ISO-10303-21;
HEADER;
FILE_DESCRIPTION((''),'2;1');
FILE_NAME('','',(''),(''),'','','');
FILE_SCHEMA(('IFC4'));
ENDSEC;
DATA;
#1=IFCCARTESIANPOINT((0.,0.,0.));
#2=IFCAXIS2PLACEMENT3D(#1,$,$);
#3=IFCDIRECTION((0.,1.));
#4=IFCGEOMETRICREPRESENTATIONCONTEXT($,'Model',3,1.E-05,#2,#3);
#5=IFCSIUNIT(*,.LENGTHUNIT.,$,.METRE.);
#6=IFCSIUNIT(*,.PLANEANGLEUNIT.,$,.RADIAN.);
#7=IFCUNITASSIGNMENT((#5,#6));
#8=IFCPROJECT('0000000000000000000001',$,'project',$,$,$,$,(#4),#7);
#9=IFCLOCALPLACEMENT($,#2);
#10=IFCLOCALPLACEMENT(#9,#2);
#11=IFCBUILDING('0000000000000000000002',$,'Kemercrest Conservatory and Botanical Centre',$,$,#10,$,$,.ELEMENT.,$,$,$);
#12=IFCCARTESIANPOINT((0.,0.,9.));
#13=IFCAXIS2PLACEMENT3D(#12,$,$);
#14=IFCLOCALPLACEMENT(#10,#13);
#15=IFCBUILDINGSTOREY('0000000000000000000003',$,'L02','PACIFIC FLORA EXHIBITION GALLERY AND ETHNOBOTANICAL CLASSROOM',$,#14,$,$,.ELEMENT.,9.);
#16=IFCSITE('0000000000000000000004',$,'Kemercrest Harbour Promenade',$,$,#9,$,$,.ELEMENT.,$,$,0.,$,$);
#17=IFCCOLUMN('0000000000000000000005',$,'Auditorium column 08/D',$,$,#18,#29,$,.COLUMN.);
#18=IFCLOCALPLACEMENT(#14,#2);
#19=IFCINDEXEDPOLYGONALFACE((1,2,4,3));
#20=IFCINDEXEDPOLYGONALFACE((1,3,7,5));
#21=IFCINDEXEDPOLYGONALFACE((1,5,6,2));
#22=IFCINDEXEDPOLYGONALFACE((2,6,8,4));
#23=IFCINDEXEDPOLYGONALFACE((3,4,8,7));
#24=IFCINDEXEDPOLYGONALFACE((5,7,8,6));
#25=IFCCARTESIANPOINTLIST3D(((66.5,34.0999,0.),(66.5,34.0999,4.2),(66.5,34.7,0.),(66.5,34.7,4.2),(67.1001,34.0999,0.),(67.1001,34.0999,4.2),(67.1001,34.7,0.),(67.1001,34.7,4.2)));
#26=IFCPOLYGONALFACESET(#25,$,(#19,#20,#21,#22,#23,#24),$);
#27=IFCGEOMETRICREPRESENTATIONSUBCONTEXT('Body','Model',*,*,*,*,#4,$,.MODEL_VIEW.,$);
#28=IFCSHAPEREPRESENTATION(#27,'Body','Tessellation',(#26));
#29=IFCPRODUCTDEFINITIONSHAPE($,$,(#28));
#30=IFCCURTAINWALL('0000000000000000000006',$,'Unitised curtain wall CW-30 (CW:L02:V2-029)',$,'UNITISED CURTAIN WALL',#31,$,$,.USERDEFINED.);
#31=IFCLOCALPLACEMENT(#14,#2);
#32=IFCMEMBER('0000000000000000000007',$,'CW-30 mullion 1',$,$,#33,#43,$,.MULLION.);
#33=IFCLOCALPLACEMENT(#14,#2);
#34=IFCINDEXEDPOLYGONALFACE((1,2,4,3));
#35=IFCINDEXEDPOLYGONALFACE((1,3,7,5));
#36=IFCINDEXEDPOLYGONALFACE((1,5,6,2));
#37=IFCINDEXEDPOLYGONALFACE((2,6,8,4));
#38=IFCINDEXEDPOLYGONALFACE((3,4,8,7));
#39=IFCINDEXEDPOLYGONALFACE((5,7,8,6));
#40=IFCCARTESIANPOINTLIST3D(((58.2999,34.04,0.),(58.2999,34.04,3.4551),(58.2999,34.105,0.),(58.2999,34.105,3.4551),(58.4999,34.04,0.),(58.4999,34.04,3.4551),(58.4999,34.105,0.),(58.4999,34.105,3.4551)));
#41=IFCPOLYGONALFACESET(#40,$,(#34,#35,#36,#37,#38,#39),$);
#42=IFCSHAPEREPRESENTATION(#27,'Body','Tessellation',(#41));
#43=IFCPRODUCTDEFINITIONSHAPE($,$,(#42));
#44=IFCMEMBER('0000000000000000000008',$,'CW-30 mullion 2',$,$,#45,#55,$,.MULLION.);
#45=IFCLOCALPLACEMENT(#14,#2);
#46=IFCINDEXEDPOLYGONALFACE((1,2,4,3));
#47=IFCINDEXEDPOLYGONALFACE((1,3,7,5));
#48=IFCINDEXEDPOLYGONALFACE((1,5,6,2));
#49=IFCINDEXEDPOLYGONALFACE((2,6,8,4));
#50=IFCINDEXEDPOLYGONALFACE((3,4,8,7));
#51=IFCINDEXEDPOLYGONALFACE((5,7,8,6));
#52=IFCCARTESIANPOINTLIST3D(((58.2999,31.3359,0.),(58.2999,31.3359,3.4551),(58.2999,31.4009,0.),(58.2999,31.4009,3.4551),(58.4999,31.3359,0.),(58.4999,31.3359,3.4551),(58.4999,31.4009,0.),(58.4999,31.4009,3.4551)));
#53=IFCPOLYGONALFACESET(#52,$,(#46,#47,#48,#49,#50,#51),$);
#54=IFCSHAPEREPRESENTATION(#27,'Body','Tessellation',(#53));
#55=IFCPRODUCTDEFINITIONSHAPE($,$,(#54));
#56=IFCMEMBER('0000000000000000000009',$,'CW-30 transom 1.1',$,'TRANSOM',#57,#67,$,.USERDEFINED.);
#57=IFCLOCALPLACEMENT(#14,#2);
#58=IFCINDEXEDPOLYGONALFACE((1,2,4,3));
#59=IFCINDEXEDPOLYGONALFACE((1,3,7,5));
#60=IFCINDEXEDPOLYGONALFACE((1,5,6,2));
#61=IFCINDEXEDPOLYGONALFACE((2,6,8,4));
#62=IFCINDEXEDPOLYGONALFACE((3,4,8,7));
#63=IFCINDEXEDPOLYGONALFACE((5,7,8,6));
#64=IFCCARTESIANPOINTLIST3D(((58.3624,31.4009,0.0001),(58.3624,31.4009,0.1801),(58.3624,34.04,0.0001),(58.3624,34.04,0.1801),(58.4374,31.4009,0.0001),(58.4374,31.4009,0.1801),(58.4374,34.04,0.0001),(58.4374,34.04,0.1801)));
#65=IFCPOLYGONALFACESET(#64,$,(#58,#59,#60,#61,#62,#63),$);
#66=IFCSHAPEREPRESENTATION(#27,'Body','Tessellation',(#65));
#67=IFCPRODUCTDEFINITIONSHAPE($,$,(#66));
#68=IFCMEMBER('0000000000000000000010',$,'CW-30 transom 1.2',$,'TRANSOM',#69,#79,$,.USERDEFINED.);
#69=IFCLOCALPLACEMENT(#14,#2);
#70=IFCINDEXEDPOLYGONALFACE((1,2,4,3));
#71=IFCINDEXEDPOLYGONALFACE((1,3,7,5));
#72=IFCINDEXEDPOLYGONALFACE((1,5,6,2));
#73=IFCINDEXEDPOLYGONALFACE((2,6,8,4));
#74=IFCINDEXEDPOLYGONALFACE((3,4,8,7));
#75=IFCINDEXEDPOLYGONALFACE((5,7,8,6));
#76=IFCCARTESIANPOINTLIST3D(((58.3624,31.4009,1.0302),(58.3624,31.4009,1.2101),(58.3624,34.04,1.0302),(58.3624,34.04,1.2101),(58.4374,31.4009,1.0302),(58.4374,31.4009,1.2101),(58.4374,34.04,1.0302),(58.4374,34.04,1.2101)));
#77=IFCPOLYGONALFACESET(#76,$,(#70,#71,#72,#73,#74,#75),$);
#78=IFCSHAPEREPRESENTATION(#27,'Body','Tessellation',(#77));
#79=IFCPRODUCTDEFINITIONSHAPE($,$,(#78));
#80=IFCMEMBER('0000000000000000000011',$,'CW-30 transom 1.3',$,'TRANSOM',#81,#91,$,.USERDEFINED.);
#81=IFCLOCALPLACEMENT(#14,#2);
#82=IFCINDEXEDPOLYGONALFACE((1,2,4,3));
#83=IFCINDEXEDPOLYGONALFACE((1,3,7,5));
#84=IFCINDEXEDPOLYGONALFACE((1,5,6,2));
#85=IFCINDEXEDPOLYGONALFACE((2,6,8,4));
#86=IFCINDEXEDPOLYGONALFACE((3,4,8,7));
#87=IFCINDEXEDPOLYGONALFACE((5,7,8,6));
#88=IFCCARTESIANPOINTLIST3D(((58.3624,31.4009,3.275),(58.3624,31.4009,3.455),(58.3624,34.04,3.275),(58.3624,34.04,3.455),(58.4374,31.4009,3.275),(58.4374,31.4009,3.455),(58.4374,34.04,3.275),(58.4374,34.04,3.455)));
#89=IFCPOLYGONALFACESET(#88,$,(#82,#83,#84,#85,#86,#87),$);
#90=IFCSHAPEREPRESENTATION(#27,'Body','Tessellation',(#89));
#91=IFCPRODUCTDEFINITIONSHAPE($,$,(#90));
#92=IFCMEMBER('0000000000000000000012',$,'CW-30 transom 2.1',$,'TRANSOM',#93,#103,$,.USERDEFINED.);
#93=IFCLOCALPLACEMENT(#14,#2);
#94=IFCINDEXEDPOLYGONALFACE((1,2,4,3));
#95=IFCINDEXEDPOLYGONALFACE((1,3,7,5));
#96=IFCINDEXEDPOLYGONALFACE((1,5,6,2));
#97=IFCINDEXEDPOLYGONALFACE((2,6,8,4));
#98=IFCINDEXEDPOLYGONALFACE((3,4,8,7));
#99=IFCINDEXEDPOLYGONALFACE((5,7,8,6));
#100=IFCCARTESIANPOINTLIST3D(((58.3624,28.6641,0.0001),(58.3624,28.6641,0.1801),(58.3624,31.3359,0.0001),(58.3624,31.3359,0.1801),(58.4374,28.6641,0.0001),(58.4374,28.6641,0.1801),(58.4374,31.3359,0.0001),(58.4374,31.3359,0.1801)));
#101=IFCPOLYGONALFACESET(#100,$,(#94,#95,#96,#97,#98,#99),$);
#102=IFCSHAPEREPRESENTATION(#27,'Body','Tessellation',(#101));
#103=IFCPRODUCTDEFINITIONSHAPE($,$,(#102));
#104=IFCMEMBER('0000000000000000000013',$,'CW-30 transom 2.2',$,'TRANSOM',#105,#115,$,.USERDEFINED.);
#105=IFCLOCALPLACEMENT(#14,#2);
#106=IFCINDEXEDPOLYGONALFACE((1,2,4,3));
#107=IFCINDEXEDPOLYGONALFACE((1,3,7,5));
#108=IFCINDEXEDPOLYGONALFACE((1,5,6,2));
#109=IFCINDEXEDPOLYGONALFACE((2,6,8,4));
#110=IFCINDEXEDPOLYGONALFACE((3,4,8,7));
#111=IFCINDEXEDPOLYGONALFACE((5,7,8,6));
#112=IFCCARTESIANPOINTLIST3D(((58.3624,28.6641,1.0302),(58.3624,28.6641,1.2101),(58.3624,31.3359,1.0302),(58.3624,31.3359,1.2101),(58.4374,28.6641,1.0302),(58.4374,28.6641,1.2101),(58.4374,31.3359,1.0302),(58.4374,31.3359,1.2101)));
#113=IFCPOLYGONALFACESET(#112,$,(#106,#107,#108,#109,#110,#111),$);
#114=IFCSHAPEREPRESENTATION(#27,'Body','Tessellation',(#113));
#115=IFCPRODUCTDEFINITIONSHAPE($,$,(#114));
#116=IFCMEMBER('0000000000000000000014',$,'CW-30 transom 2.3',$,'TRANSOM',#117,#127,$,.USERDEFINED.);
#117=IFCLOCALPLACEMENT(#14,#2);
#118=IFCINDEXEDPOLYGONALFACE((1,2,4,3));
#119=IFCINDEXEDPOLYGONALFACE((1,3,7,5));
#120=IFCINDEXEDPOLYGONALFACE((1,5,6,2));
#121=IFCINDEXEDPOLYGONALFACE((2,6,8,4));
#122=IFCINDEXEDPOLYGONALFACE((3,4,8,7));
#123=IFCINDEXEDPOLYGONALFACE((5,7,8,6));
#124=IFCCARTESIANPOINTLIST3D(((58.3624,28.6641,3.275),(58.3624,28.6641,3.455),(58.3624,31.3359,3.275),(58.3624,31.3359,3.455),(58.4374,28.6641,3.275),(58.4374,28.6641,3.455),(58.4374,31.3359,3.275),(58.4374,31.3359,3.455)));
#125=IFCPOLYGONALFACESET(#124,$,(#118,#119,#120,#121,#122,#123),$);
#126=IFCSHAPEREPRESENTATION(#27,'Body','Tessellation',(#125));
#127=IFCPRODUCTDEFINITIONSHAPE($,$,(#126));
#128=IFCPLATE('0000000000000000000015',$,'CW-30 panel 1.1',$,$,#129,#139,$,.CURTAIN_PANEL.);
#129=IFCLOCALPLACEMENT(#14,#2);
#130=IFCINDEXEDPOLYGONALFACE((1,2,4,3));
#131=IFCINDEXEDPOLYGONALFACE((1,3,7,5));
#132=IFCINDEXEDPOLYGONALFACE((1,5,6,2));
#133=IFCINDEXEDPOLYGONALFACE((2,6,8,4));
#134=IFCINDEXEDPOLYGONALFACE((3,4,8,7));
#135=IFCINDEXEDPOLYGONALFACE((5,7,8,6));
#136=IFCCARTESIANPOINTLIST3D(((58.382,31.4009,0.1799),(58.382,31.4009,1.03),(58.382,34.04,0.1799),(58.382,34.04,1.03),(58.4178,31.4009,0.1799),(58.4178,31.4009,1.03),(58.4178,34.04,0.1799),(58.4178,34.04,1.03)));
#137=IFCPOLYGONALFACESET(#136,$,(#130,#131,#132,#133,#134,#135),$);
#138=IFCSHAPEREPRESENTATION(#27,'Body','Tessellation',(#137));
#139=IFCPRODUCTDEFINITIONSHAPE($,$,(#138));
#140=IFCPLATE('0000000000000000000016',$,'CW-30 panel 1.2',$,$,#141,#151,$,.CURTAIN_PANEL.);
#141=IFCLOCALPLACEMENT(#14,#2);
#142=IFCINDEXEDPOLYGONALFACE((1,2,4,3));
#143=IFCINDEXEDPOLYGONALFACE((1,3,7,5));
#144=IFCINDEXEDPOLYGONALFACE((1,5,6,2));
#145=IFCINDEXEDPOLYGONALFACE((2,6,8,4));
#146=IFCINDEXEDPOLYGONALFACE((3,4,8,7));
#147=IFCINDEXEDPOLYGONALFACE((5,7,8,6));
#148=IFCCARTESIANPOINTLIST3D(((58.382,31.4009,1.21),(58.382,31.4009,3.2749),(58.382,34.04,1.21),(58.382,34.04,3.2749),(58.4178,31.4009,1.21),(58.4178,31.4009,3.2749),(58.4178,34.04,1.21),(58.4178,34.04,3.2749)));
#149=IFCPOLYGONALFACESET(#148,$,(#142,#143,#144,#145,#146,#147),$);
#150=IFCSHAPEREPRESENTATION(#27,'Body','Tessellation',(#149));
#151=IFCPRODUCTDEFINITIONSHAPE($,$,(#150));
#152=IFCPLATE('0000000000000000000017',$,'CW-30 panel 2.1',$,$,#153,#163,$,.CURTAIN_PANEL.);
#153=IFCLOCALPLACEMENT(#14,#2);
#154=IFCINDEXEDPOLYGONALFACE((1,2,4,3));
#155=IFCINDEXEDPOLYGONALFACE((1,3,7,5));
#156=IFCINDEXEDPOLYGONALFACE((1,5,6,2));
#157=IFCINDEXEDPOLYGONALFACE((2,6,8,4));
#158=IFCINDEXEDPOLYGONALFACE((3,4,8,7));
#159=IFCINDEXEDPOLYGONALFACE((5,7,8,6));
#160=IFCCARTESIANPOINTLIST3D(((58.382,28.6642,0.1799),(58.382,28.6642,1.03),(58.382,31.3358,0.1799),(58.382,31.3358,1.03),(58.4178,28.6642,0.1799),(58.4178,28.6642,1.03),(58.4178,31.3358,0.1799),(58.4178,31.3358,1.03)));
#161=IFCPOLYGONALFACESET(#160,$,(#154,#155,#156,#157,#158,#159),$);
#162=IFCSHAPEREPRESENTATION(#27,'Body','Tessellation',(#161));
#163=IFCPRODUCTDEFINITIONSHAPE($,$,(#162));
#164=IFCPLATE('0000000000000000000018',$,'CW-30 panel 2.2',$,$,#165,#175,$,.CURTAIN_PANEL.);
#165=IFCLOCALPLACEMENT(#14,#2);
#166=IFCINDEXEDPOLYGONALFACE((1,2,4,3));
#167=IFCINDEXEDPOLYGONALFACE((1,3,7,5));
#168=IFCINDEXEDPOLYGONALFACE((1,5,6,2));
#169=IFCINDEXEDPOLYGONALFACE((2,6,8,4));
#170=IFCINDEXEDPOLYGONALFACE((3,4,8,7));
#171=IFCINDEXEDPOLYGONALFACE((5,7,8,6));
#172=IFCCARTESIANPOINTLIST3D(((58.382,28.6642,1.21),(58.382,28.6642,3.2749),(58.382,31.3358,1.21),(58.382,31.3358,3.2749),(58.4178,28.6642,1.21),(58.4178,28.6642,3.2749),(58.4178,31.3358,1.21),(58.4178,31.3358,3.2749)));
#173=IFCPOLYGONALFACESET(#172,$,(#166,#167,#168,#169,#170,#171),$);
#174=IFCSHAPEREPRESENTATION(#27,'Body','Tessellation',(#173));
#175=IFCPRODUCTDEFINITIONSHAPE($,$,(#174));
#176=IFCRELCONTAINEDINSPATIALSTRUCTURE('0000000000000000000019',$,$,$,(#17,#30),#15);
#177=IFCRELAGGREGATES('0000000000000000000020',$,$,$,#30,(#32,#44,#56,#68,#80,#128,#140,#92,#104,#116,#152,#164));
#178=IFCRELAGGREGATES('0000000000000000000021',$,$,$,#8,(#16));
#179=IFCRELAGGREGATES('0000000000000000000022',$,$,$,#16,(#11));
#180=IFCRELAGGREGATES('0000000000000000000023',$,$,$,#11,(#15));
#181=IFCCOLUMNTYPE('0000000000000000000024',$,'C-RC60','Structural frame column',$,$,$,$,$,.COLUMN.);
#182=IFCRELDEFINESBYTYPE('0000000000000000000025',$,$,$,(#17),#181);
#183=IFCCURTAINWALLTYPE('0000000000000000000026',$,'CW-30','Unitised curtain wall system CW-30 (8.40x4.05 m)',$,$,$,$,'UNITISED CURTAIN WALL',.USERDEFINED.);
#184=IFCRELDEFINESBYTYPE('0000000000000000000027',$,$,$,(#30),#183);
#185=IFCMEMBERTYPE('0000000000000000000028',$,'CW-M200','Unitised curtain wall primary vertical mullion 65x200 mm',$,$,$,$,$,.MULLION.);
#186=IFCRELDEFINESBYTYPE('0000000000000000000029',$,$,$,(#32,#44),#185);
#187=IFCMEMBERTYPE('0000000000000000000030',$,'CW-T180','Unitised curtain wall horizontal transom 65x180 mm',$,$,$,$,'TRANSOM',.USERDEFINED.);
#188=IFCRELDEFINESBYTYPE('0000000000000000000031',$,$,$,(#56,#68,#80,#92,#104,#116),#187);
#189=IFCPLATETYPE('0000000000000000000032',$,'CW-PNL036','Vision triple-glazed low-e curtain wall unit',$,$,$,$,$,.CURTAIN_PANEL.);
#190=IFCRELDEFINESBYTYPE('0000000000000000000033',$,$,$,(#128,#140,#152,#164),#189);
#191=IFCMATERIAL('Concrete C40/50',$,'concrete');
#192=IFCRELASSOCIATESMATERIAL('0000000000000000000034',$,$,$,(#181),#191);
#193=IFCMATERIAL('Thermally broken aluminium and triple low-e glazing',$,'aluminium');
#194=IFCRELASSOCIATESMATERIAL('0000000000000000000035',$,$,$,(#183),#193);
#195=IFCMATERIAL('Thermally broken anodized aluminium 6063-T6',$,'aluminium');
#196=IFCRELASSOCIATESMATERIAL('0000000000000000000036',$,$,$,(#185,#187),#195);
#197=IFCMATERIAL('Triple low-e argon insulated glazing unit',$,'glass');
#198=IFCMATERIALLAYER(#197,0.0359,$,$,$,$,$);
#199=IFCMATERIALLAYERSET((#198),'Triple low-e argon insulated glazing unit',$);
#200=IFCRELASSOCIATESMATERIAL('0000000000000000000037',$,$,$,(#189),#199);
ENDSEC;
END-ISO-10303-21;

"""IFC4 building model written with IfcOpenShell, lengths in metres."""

from ifc_helpers import new_model, si_unit, direction, frame, origin, origin_2d, place, context, subcontext, project, spatial, rectangle, extrude, material, layer, layer_set, material_profile, profile_set, type_object, element, aggregate, save


model = new_model("IFC4")

# Units and contexts
model_context = context("Model", 3, precision=1e-05, world=origin(), true_north=direction((0.0, 1.0)))
body_context = subcontext(model_context, "Body", "Model", "MODEL_VIEW")
ifc_project = project(units=[si_unit("LENGTHUNIT", "METRE"), si_unit("PLANEANGLEUNIT", "RADIAN")], contexts=[model_context])

# Site, building, storey
site_placement = place(None, origin())
site = spatial("IfcSite", under=ifc_project, at=site_placement, Name="Kemercrest Harbour Promenade", CompositionType="ELEMENT", RefElevation=0.0)
building_placement = place(site_placement, origin())
building = spatial("IfcBuilding", under=site, at=building_placement, Name="Kemercrest Conservatory and Botanical Centre", CompositionType="ELEMENT")
storey_placement = place(building_placement, frame((0.0, 0.0, 9.0)))
storey = spatial("IfcBuildingStorey", under=building, at=storey_placement, Name="L02", Description="PACIFIC FLORA EXHIBITION GALLERY AND ETHNOBOTANICAL CLASSROOM", CompositionType="ELEMENT", Elevation=9.0)

# Column
ifc_material_1 = material(Name="Concrete C40/50", Category="concrete")
ifc_material_profile_1 = material_profile(ifc_material_1, rectangle(XDim=0.6001, YDim=0.6001, at=origin_2d()), Name="RC 600x600")
ifc_profile_set_1 = profile_set([ifc_material_profile_1], Name="Concrete C40/50")
column_type = type_object("IfcColumnType", Name="C-RC60", Description="Structural frame column", PredefinedType="COLUMN", material=ifc_profile_set_1)
column_placement = place(storey_placement, frame((66.8, 34.3999, 0.0), z_axis=(0.0, 0.0, 1.0), x_axis=(1.0, 0.0, 0.0)))
element("IfcColumn", 1, at=column_placement, inside=storey, type_object=column_type, Name="Auditorium column 08/D", PredefinedType="COLUMN", context=body_context, shape_type="SweptSolid", body=[
    extrude(rectangle(XDim=0.6001, YDim=0.6001, at=origin_2d()), origin(), (0.0, 0.0, 1.0), 4.2),
])

# Curtain wall, members, plates
ifc_material_2 = material(Name="Thermally broken aluminium and triple low-e glazing", Category="aluminium")
curtain_wall_type = type_object("IfcCurtainWallType", Name="CW-30", Description="Unitised curtain wall system CW-30 (8.40x4.05 m)", ElementType="UNITISED CURTAIN WALL", PredefinedType="USERDEFINED", material=ifc_material_2)
curtain_wall_placement = place(storey_placement, origin())
curtain_wall = element("IfcCurtainWall", 2, at=curtain_wall_placement, inside=storey, type_object=curtain_wall_type, Name="Unitised curtain wall CW-30 (CW:L02:V2-029)", ObjectType="UNITISED CURTAIN WALL", PredefinedType="USERDEFINED")
ifc_material_3 = material(Name="Thermally broken anodized aluminium 6063-T6", Category="aluminium")
ifc_material_profile_2 = material_profile(ifc_material_3, rectangle(XDim=0.2, YDim=0.0649, at=origin_2d()), Name="AL MULLION 65x200")
ifc_profile_set_2 = profile_set([ifc_material_profile_2], Name="Thermally broken anodized aluminium 6063-T6")
member_type_1 = type_object("IfcMemberType", Name="CW-M200", Description="Unitised curtain wall primary vertical mullion 65x200 mm", PredefinedType="MULLION", material=ifc_profile_set_2)
member_1_placement = place(storey_placement, frame((58.3999, 34.0725, 0.0), z_axis=(0.0, 0.0, 1.0), x_axis=(1.0, 0.0, 0.0)))
member_1 = element("IfcMember", 3, at=member_1_placement, type_object=member_type_1, Name="CW-30 mullion 1", PredefinedType="MULLION", context=body_context, shape_type="SweptSolid", body=[
    extrude(rectangle(XDim=0.2, YDim=0.0649, at=origin_2d()), origin(), (0.0, 0.0, 1.0), 3.4551),
])
member_2_placement = place(storey_placement, frame((58.3999, 31.3684, 0.0), z_axis=(0.0, 0.0, 1.0), x_axis=(1.0, 0.0, 0.0)))
member_2 = element("IfcMember", 4, at=member_2_placement, type_object=member_type_1, Name="CW-30 mullion 2", PredefinedType="MULLION", context=body_context, shape_type="SweptSolid", body=[
    extrude(rectangle(XDim=0.2, YDim=0.0649, at=origin_2d()), origin(), (0.0, 0.0, 1.0), 3.4551),
])
ifc_material_profile_3 = material_profile(ifc_material_3, rectangle(XDim=0.075, YDim=0.1799, at=origin_2d()), Name="AL TRANSOM 75x180")
ifc_profile_set_3 = profile_set([ifc_material_profile_3], Name="Thermally broken anodized aluminium 6063-T6")
member_type_2 = type_object("IfcMemberType", Name="CW-T180", Description="Unitised curtain wall horizontal transom 65x180 mm", ElementType="TRANSOM", PredefinedType="USERDEFINED", material=ifc_profile_set_3)
member_3_placement = place(storey_placement, frame((58.3999, 34.04, 0.0901), z_axis=(0.0, -1.0, 0.0), x_axis=(1.0, 0.0, 0.0)))
member_3 = element("IfcMember", 5, at=member_3_placement, type_object=member_type_2, Name="CW-30 transom 1.1", ObjectType="TRANSOM", PredefinedType="USERDEFINED", context=body_context, shape_type="SweptSolid", body=[
    extrude(rectangle(XDim=0.075, YDim=0.1799, at=origin_2d()), origin(), (0.0, 0.0, 1.0), 2.6392),
])
member_4_placement = place(storey_placement, frame((58.3999, 34.04, 1.1201), z_axis=(0.0, -1.0, 0.0), x_axis=(1.0, 0.0, 0.0)))
member_4 = element("IfcMember", 6, at=member_4_placement, type_object=member_type_2, Name="CW-30 transom 1.2", ObjectType="TRANSOM", PredefinedType="USERDEFINED", context=body_context, shape_type="SweptSolid", body=[
    extrude(rectangle(XDim=0.075, YDim=0.1799, at=origin_2d()), origin(), (0.0, 0.0, 1.0), 2.6392),
])
member_5_placement = place(storey_placement, frame((58.3999, 34.04, 3.365), z_axis=(0.0, -1.0, 0.0), x_axis=(1.0, 0.0, 0.0)))
member_5 = element("IfcMember", 7, at=member_5_placement, type_object=member_type_2, Name="CW-30 transom 1.3", ObjectType="TRANSOM", PredefinedType="USERDEFINED", context=body_context, shape_type="SweptSolid", body=[
    extrude(rectangle(XDim=0.075, YDim=0.1799, at=origin_2d()), origin(), (0.0, 0.0, 1.0), 2.6392),
])
member_6_placement = place(storey_placement, frame((58.3999, 31.3359, 0.0901), z_axis=(0.0, -1.0, 0.0), x_axis=(1.0, 0.0, 0.0)))
member_6 = element("IfcMember", 8, at=member_6_placement, type_object=member_type_2, Name="CW-30 transom 2.1", ObjectType="TRANSOM", PredefinedType="USERDEFINED", context=body_context, shape_type="SweptSolid", body=[
    extrude(rectangle(XDim=0.075, YDim=0.1799, at=origin_2d()), origin(), (0.0, 0.0, 1.0), 2.6719),
])
member_7_placement = place(storey_placement, frame((58.3999, 31.3359, 1.1201), z_axis=(0.0, -1.0, 0.0), x_axis=(1.0, 0.0, 0.0)))
member_7 = element("IfcMember", 9, at=member_7_placement, type_object=member_type_2, Name="CW-30 transom 2.2", ObjectType="TRANSOM", PredefinedType="USERDEFINED", context=body_context, shape_type="SweptSolid", body=[
    extrude(rectangle(XDim=0.075, YDim=0.1799, at=origin_2d()), origin(), (0.0, 0.0, 1.0), 2.6719),
])
member_8_placement = place(storey_placement, frame((58.3999, 31.3359, 3.365), z_axis=(0.0, -1.0, 0.0), x_axis=(1.0, 0.0, 0.0)))
member_8 = element("IfcMember", 10, at=member_8_placement, type_object=member_type_2, Name="CW-30 transom 2.3", ObjectType="TRANSOM", PredefinedType="USERDEFINED", context=body_context, shape_type="SweptSolid", body=[
    extrude(rectangle(XDim=0.075, YDim=0.1799, at=origin_2d()), origin(), (0.0, 0.0, 1.0), 2.6719),
])
ifc_material_4 = material(Name="Triple low-e argon insulated glazing unit", Category="glass")
ifc_layer_1 = layer(ifc_material_4, 0.0359)
ifc_layer_set_1 = layer_set([ifc_layer_1], Name="Triple low-e argon insulated glazing unit")
plate_type = type_object("IfcPlateType", Name="CW-PNL036", Description="Vision triple-glazed low-e curtain wall unit", PredefinedType="CURTAIN_PANEL", material=ifc_layer_set_1)
plate_1_placement = place(storey_placement, frame((58.3999, 32.7205, 0.1799), z_axis=(0.0, 0.0, 1.0), x_axis=(0.0, -1.0, 0.0)))
plate_1 = element("IfcPlate", 11, at=plate_1_placement, type_object=plate_type, Name="CW-30 panel 1.1", PredefinedType="CURTAIN_PANEL", context=body_context, shape_type="SweptSolid", body=[
    extrude(rectangle(XDim=2.6392, YDim=0.0359, at=origin_2d()), origin(), (0.0, 0.0, 1.0), 0.8501),
])
plate_2_placement = place(storey_placement, frame((58.3999, 32.7205, 1.21), z_axis=(0.0, 0.0, 1.0), x_axis=(0.0, -1.0, 0.0)))
plate_2 = element("IfcPlate", 12, at=plate_2_placement, type_object=plate_type, Name="CW-30 panel 1.2", PredefinedType="CURTAIN_PANEL", context=body_context, shape_type="SweptSolid", body=[
    extrude(rectangle(XDim=2.6392, YDim=0.0359, at=origin_2d()), origin(), (0.0, 0.0, 1.0), 2.0649),
])
plate_3_placement = place(storey_placement, frame((58.3999, 30.0, 0.1799), z_axis=(0.0, 0.0, 1.0), x_axis=(0.0, -1.0, 0.0)))
plate_3 = element("IfcPlate", 13, at=plate_3_placement, type_object=plate_type, Name="CW-30 panel 2.1", PredefinedType="CURTAIN_PANEL", context=body_context, shape_type="SweptSolid", body=[
    extrude(rectangle(XDim=2.6716, YDim=0.0359, at=origin_2d()), origin(), (0.0, 0.0, 1.0), 0.8501),
])
plate_4_placement = place(storey_placement, frame((58.3999, 30.0, 1.21), z_axis=(0.0, 0.0, 1.0), x_axis=(0.0, -1.0, 0.0)))
plate_4 = element("IfcPlate", 14, at=plate_4_placement, type_object=plate_type, Name="CW-30 panel 2.2", PredefinedType="CURTAIN_PANEL", context=body_context, shape_type="SweptSolid", body=[
    extrude(rectangle(XDim=2.6716, YDim=0.0359, at=origin_2d()), origin(), (0.0, 0.0, 1.0), 2.0649),
])
aggregate(curtain_wall, [member_1, member_2, member_3, member_4, member_5, plate_1, plate_2, member_6, member_7, member_8, plate_3, plate_4])

save(model, "model.ifc")
